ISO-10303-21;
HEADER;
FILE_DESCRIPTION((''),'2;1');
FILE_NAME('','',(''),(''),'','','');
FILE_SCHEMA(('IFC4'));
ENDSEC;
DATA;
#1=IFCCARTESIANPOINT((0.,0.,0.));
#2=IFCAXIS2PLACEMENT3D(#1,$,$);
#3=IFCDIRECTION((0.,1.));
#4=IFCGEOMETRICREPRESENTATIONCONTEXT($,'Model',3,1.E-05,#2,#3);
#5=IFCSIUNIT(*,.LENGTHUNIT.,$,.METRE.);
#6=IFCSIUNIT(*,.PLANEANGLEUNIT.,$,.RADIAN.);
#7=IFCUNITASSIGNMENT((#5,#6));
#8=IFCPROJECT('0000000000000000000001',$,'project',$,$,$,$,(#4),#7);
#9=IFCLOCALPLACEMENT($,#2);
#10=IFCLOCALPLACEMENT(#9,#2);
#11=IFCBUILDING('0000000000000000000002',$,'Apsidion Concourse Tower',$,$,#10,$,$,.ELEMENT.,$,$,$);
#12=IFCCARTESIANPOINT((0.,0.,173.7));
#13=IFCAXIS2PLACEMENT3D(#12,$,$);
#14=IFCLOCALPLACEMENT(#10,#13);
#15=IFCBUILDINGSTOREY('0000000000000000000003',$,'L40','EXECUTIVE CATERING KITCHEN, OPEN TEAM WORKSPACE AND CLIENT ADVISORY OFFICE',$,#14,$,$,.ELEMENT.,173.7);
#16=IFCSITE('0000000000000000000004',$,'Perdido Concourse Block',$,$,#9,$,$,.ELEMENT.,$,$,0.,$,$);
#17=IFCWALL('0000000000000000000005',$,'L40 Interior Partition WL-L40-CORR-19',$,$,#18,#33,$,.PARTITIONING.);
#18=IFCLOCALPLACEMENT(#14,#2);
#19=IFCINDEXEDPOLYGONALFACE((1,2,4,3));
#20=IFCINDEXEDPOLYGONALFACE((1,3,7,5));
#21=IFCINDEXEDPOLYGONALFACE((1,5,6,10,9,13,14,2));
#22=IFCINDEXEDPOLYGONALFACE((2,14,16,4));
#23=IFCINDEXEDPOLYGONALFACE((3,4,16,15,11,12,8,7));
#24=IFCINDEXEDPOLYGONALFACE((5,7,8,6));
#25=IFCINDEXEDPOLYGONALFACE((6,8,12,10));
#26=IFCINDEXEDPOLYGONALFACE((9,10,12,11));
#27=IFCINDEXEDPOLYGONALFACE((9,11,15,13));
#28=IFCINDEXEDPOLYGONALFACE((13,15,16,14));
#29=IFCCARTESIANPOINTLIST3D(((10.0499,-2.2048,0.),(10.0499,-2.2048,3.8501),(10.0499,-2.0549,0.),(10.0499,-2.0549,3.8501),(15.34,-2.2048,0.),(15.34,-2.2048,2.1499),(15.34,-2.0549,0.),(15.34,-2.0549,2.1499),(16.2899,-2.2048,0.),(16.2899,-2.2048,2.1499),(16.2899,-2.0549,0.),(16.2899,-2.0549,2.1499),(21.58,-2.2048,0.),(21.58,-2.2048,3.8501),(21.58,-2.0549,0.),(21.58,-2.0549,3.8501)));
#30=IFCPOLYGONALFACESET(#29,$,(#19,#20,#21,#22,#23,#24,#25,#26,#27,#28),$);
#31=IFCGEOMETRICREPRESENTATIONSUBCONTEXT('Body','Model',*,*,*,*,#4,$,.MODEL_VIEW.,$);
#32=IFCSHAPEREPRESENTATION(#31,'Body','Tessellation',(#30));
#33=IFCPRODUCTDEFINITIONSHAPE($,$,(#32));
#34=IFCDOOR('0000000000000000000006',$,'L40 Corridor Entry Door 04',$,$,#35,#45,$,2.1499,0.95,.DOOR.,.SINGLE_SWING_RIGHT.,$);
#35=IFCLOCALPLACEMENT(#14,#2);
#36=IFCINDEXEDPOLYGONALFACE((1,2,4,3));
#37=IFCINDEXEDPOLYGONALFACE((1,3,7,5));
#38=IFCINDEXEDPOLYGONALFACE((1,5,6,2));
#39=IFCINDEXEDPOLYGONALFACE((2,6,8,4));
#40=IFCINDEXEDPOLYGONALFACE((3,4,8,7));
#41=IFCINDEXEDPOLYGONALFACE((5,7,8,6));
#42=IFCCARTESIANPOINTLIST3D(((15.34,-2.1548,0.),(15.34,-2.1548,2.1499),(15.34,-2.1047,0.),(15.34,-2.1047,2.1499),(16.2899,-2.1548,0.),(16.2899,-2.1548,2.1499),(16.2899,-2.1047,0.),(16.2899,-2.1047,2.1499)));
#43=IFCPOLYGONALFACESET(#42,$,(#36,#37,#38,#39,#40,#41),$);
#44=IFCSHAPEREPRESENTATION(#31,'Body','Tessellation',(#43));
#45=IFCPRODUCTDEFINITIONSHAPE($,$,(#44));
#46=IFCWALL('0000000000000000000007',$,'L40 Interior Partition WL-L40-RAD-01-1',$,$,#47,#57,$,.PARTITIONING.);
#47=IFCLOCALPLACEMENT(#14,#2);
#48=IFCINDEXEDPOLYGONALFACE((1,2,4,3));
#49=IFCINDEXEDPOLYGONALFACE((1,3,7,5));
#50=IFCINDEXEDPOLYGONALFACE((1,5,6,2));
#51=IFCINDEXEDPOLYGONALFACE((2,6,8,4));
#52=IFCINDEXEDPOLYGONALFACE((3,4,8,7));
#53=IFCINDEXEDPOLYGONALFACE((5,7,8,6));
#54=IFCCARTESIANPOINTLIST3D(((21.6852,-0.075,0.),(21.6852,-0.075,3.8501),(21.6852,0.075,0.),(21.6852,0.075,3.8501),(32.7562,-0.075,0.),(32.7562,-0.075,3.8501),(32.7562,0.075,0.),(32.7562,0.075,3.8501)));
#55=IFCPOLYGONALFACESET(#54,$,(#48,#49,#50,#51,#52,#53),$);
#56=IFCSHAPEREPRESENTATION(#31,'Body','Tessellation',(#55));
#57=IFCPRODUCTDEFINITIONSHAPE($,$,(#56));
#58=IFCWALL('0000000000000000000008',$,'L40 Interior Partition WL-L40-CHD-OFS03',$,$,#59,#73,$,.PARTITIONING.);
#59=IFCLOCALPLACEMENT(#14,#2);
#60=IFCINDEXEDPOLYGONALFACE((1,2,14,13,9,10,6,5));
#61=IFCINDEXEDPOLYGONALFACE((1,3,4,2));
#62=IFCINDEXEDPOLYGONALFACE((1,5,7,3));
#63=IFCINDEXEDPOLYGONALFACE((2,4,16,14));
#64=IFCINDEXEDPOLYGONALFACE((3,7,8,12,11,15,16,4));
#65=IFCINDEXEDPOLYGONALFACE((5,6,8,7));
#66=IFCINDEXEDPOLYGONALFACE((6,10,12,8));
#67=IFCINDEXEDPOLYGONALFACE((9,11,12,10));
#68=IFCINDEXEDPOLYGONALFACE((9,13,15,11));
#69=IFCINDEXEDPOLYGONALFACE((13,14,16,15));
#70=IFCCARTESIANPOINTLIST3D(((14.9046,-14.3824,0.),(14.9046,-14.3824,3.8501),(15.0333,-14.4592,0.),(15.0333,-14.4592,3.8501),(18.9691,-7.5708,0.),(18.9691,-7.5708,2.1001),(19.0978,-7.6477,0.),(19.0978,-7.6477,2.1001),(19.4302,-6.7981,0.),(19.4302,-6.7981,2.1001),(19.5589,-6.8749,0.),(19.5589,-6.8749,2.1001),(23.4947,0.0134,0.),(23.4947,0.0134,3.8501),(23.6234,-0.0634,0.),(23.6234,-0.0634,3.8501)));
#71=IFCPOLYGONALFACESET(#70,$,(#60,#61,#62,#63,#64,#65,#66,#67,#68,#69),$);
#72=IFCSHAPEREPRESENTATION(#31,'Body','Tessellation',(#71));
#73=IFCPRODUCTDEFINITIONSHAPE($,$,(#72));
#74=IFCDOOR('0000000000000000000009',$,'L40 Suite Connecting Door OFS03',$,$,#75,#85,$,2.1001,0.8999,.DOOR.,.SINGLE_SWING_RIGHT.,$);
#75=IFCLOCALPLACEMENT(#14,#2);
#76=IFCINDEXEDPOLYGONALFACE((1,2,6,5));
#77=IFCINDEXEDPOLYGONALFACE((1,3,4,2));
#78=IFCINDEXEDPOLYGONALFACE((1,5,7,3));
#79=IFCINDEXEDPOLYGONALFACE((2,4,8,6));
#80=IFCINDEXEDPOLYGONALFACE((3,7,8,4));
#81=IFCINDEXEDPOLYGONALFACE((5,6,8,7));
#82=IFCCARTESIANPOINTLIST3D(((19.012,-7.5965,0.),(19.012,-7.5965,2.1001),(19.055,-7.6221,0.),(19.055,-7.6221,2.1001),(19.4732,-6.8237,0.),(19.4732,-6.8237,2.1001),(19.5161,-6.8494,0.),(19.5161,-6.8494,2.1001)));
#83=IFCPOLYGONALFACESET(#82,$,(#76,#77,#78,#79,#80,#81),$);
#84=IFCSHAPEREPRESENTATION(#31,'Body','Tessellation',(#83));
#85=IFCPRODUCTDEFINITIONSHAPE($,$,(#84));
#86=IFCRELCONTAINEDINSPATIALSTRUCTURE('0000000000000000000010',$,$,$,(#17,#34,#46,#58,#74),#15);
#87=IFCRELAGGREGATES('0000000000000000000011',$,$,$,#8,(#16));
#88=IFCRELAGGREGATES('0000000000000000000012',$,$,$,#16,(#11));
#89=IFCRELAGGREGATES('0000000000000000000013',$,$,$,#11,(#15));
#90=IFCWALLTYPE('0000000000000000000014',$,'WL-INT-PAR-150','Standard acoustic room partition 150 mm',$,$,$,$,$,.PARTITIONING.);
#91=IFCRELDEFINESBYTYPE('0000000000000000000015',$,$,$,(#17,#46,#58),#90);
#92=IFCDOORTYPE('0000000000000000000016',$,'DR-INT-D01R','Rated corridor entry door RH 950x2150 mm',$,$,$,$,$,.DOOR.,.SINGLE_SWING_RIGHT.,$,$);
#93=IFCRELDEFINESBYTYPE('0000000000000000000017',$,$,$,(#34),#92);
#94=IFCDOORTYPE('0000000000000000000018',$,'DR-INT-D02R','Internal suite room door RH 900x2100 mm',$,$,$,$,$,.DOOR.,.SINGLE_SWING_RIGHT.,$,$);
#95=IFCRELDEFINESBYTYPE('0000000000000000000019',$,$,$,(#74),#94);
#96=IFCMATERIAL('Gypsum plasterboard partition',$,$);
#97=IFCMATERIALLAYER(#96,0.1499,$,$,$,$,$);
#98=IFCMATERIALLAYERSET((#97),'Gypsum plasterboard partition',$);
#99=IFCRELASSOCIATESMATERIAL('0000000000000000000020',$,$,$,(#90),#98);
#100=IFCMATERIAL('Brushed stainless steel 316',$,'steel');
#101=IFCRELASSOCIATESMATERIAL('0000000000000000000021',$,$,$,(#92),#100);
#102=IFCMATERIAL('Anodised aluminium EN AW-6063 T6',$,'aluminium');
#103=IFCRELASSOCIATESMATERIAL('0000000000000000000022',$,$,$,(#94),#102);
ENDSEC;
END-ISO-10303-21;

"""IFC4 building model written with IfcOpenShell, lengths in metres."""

from ifc_helpers import new_model, si_unit, direction, frame, frame_2d, origin, place, context, subcontext, project, spatial, rectangle, extrude, material, layer, layer_set, type_object, element, fill, save


model = new_model("IFC4")

# Units and contexts
model_context = context("Model", 3, precision=1e-05, world=origin(), true_north=direction((0.0, 1.0)))
body_context = subcontext(model_context, "Body", "Model", "MODEL_VIEW")
ifc_project = project(units=[si_unit("LENGTHUNIT", "METRE"), si_unit("PLANEANGLEUNIT", "RADIAN")], contexts=[model_context])

# Site, building, storey
site_placement = place(None, origin())
site = spatial("IfcSite", under=ifc_project, at=site_placement, Name="Perdido Concourse Block", CompositionType="ELEMENT", RefElevation=0.0)
building_placement = place(site_placement, origin())
building = spatial("IfcBuilding", under=site, at=building_placement, Name="Apsidion Concourse Tower", CompositionType="ELEMENT")
storey_placement = place(building_placement, frame((0.0, 0.0, 173.7)))
storey = spatial("IfcBuildingStorey", under=building, at=storey_placement, Name="L40", Description="EXECUTIVE CATERING KITCHEN, OPEN TEAM WORKSPACE AND CLIENT ADVISORY OFFICE", CompositionType="ELEMENT", Elevation=173.7)

# Shared definitions
ifc_material_1 = material(Name="Anodised aluminium EN AW-6063 T6", Category="aluminium")

# Wall, opening, door
ifc_material_2 = material(Name="Gypsum plasterboard partition")
ifc_layer_1 = layer(ifc_material_2, 0.1499)
ifc_layer_set_1 = layer_set([ifc_layer_1], Name="Gypsum plasterboard partition")
wall_type_1 = type_object("IfcWallType", Name="WL-INT-PAR-150", Description="Standard acoustic room partition 150 mm", PredefinedType="PARTITIONING", material=ifc_layer_set_1)
wall_1_placement = place(storey_placement, frame((21.5801, -2.1299, 0.0), z_axis=(0.0, 0.0, 1.0), x_axis=(-1.0, 0.0, 0.0)))
wall_1 = element("IfcWall", 1, at=wall_1_placement, inside=storey, type_object=wall_type_1, Name="L40 Interior Partition WL-L40-CORR-19", PredefinedType="PARTITIONING", context=body_context, shape_type="SweptSolid", body=[
    extrude(rectangle(XDim=11.53, YDim=0.1499, at=frame_2d((5.7651, 0.0))), origin(), (0.0, 0.0, 1.0), 3.8501),
])
opening_1_placement = place(wall_1_placement, frame((5.29, 0.0, 0.0)))
opening_1 = element("IfcOpeningElement", 2, at=opening_1_placement, cuts=wall_1, PredefinedType="OPENING", context=body_context, shape_type="SweptSolid", body=[
    extrude(rectangle(XDim=0.95, YDim=2.1499, at=frame_2d((0.4751, 1.075))), frame((0.0, 0.085, 0.0), z_axis=(0.0, -1.0, 0.0), x_axis=(1.0, 0.0, 0.0)), (0.0, 0.0, 1.0), 0.1699),
])
ifc_material_3 = material(Name="Brushed stainless steel 316", Category="steel")
door_type_1 = type_object("IfcDoorType", Name="DR-INT-D01R", Description="Rated corridor entry door RH 950x2150 mm", OperationType="SINGLE_SWING_RIGHT", PredefinedType="DOOR", material=ifc_material_3)
door_1_placement = place(opening_1_placement, origin())
door_1 = element("IfcDoor", 3, at=door_1_placement, inside=storey, type_object=door_type_1, Name="L40 Corridor Entry Door 04", OperationType="SINGLE_SWING_RIGHT", OverallHeight=2.1499, OverallWidth=0.95, PredefinedType="DOOR", context=body_context, shape_type="SweptSolid", body=[
    extrude(rectangle(XDim=0.95, YDim=2.1499, at=frame_2d((0.4751, 1.075))), frame((0.0, 0.0249, 0.0), z_axis=(0.0, -1.0, 0.0), x_axis=(1.0, 0.0, 0.0)), (0.0, 0.0, 1.0), 0.05),
])
fill(opening_1, door_1)

# Wall
wall_2_placement = place(storey_placement, frame((21.6851, 0.0, 0.0), z_axis=(0.0, 0.0, 1.0), x_axis=(1.0, 0.0, 0.0)))
element("IfcWall", 4, at=wall_2_placement, inside=storey, type_object=wall_type_1, Name="L40 Interior Partition WL-L40-RAD-01-1", PredefinedType="PARTITIONING", context=body_context, shape_type="SweptSolid", body=[
    extrude(rectangle(XDim=11.071, YDim=0.1499, at=frame_2d((5.5356, 0.0))), origin(), (0.0, 0.0, 1.0), 3.8501),
])

# Wall, opening, door
wall_3_placement = place(storey_placement, frame((14.969, -14.4207, 0.0), z_axis=(0.0, 0.0, 1.0), x_axis=(0.512417, 0.858737, 0.0)))
wall_3 = element("IfcWall", 5, at=wall_3_placement, inside=storey, type_object=wall_type_1, Name="L40 Interior Partition WL-L40-CHD-OFS03", PredefinedType="PARTITIONING", context=body_context, shape_type="SweptSolid", body=[
    extrude(rectangle(XDim=16.7639, YDim=0.1499, at=frame_2d((8.3818, 0.0))), origin(), (0.0, 0.0, 1.0), 3.8501),
])
opening_2_placement = place(wall_3_placement, frame((7.9319, 0.0, 0.0)))
opening_2 = element("IfcOpeningElement", 6, at=opening_2_placement, cuts=wall_3, PredefinedType="OPENING", context=body_context, shape_type="SweptSolid", body=[
    extrude(rectangle(XDim=0.8999, YDim=2.1001, at=frame_2d((0.45, 1.05))), frame((0.0, 0.085, 0.0), z_axis=(0.0, -1.0, 0.0), x_axis=(1.0, 0.0, 0.0)), (0.0, 0.0, 1.0), 0.1699),
])
door_type_2 = type_object("IfcDoorType", Name="DR-INT-D02R", Description="Internal suite room door RH 900x2100 mm", OperationType="SINGLE_SWING_RIGHT", PredefinedType="DOOR", material=ifc_material_1)
door_2_placement = place(opening_2_placement, origin())
door_2 = element("IfcDoor", 7, at=door_2_placement, inside=storey, type_object=door_type_2, Name="L40 Suite Connecting Door OFS03", OperationType="SINGLE_SWING_RIGHT", OverallHeight=2.1001, OverallWidth=0.8999, PredefinedType="DOOR", context=body_context, shape_type="SweptSolid", body=[
    extrude(rectangle(XDim=0.8999, YDim=2.1001, at=frame_2d((0.45, 1.05))), frame((0.0, 0.0249, 0.0), z_axis=(0.0, -1.0, 0.0), x_axis=(1.0, 0.0, 0.0)), (0.0, 0.0, 1.0), 0.05),
])
fill(opening_2, door_2)

save(model, "model.ifc")
